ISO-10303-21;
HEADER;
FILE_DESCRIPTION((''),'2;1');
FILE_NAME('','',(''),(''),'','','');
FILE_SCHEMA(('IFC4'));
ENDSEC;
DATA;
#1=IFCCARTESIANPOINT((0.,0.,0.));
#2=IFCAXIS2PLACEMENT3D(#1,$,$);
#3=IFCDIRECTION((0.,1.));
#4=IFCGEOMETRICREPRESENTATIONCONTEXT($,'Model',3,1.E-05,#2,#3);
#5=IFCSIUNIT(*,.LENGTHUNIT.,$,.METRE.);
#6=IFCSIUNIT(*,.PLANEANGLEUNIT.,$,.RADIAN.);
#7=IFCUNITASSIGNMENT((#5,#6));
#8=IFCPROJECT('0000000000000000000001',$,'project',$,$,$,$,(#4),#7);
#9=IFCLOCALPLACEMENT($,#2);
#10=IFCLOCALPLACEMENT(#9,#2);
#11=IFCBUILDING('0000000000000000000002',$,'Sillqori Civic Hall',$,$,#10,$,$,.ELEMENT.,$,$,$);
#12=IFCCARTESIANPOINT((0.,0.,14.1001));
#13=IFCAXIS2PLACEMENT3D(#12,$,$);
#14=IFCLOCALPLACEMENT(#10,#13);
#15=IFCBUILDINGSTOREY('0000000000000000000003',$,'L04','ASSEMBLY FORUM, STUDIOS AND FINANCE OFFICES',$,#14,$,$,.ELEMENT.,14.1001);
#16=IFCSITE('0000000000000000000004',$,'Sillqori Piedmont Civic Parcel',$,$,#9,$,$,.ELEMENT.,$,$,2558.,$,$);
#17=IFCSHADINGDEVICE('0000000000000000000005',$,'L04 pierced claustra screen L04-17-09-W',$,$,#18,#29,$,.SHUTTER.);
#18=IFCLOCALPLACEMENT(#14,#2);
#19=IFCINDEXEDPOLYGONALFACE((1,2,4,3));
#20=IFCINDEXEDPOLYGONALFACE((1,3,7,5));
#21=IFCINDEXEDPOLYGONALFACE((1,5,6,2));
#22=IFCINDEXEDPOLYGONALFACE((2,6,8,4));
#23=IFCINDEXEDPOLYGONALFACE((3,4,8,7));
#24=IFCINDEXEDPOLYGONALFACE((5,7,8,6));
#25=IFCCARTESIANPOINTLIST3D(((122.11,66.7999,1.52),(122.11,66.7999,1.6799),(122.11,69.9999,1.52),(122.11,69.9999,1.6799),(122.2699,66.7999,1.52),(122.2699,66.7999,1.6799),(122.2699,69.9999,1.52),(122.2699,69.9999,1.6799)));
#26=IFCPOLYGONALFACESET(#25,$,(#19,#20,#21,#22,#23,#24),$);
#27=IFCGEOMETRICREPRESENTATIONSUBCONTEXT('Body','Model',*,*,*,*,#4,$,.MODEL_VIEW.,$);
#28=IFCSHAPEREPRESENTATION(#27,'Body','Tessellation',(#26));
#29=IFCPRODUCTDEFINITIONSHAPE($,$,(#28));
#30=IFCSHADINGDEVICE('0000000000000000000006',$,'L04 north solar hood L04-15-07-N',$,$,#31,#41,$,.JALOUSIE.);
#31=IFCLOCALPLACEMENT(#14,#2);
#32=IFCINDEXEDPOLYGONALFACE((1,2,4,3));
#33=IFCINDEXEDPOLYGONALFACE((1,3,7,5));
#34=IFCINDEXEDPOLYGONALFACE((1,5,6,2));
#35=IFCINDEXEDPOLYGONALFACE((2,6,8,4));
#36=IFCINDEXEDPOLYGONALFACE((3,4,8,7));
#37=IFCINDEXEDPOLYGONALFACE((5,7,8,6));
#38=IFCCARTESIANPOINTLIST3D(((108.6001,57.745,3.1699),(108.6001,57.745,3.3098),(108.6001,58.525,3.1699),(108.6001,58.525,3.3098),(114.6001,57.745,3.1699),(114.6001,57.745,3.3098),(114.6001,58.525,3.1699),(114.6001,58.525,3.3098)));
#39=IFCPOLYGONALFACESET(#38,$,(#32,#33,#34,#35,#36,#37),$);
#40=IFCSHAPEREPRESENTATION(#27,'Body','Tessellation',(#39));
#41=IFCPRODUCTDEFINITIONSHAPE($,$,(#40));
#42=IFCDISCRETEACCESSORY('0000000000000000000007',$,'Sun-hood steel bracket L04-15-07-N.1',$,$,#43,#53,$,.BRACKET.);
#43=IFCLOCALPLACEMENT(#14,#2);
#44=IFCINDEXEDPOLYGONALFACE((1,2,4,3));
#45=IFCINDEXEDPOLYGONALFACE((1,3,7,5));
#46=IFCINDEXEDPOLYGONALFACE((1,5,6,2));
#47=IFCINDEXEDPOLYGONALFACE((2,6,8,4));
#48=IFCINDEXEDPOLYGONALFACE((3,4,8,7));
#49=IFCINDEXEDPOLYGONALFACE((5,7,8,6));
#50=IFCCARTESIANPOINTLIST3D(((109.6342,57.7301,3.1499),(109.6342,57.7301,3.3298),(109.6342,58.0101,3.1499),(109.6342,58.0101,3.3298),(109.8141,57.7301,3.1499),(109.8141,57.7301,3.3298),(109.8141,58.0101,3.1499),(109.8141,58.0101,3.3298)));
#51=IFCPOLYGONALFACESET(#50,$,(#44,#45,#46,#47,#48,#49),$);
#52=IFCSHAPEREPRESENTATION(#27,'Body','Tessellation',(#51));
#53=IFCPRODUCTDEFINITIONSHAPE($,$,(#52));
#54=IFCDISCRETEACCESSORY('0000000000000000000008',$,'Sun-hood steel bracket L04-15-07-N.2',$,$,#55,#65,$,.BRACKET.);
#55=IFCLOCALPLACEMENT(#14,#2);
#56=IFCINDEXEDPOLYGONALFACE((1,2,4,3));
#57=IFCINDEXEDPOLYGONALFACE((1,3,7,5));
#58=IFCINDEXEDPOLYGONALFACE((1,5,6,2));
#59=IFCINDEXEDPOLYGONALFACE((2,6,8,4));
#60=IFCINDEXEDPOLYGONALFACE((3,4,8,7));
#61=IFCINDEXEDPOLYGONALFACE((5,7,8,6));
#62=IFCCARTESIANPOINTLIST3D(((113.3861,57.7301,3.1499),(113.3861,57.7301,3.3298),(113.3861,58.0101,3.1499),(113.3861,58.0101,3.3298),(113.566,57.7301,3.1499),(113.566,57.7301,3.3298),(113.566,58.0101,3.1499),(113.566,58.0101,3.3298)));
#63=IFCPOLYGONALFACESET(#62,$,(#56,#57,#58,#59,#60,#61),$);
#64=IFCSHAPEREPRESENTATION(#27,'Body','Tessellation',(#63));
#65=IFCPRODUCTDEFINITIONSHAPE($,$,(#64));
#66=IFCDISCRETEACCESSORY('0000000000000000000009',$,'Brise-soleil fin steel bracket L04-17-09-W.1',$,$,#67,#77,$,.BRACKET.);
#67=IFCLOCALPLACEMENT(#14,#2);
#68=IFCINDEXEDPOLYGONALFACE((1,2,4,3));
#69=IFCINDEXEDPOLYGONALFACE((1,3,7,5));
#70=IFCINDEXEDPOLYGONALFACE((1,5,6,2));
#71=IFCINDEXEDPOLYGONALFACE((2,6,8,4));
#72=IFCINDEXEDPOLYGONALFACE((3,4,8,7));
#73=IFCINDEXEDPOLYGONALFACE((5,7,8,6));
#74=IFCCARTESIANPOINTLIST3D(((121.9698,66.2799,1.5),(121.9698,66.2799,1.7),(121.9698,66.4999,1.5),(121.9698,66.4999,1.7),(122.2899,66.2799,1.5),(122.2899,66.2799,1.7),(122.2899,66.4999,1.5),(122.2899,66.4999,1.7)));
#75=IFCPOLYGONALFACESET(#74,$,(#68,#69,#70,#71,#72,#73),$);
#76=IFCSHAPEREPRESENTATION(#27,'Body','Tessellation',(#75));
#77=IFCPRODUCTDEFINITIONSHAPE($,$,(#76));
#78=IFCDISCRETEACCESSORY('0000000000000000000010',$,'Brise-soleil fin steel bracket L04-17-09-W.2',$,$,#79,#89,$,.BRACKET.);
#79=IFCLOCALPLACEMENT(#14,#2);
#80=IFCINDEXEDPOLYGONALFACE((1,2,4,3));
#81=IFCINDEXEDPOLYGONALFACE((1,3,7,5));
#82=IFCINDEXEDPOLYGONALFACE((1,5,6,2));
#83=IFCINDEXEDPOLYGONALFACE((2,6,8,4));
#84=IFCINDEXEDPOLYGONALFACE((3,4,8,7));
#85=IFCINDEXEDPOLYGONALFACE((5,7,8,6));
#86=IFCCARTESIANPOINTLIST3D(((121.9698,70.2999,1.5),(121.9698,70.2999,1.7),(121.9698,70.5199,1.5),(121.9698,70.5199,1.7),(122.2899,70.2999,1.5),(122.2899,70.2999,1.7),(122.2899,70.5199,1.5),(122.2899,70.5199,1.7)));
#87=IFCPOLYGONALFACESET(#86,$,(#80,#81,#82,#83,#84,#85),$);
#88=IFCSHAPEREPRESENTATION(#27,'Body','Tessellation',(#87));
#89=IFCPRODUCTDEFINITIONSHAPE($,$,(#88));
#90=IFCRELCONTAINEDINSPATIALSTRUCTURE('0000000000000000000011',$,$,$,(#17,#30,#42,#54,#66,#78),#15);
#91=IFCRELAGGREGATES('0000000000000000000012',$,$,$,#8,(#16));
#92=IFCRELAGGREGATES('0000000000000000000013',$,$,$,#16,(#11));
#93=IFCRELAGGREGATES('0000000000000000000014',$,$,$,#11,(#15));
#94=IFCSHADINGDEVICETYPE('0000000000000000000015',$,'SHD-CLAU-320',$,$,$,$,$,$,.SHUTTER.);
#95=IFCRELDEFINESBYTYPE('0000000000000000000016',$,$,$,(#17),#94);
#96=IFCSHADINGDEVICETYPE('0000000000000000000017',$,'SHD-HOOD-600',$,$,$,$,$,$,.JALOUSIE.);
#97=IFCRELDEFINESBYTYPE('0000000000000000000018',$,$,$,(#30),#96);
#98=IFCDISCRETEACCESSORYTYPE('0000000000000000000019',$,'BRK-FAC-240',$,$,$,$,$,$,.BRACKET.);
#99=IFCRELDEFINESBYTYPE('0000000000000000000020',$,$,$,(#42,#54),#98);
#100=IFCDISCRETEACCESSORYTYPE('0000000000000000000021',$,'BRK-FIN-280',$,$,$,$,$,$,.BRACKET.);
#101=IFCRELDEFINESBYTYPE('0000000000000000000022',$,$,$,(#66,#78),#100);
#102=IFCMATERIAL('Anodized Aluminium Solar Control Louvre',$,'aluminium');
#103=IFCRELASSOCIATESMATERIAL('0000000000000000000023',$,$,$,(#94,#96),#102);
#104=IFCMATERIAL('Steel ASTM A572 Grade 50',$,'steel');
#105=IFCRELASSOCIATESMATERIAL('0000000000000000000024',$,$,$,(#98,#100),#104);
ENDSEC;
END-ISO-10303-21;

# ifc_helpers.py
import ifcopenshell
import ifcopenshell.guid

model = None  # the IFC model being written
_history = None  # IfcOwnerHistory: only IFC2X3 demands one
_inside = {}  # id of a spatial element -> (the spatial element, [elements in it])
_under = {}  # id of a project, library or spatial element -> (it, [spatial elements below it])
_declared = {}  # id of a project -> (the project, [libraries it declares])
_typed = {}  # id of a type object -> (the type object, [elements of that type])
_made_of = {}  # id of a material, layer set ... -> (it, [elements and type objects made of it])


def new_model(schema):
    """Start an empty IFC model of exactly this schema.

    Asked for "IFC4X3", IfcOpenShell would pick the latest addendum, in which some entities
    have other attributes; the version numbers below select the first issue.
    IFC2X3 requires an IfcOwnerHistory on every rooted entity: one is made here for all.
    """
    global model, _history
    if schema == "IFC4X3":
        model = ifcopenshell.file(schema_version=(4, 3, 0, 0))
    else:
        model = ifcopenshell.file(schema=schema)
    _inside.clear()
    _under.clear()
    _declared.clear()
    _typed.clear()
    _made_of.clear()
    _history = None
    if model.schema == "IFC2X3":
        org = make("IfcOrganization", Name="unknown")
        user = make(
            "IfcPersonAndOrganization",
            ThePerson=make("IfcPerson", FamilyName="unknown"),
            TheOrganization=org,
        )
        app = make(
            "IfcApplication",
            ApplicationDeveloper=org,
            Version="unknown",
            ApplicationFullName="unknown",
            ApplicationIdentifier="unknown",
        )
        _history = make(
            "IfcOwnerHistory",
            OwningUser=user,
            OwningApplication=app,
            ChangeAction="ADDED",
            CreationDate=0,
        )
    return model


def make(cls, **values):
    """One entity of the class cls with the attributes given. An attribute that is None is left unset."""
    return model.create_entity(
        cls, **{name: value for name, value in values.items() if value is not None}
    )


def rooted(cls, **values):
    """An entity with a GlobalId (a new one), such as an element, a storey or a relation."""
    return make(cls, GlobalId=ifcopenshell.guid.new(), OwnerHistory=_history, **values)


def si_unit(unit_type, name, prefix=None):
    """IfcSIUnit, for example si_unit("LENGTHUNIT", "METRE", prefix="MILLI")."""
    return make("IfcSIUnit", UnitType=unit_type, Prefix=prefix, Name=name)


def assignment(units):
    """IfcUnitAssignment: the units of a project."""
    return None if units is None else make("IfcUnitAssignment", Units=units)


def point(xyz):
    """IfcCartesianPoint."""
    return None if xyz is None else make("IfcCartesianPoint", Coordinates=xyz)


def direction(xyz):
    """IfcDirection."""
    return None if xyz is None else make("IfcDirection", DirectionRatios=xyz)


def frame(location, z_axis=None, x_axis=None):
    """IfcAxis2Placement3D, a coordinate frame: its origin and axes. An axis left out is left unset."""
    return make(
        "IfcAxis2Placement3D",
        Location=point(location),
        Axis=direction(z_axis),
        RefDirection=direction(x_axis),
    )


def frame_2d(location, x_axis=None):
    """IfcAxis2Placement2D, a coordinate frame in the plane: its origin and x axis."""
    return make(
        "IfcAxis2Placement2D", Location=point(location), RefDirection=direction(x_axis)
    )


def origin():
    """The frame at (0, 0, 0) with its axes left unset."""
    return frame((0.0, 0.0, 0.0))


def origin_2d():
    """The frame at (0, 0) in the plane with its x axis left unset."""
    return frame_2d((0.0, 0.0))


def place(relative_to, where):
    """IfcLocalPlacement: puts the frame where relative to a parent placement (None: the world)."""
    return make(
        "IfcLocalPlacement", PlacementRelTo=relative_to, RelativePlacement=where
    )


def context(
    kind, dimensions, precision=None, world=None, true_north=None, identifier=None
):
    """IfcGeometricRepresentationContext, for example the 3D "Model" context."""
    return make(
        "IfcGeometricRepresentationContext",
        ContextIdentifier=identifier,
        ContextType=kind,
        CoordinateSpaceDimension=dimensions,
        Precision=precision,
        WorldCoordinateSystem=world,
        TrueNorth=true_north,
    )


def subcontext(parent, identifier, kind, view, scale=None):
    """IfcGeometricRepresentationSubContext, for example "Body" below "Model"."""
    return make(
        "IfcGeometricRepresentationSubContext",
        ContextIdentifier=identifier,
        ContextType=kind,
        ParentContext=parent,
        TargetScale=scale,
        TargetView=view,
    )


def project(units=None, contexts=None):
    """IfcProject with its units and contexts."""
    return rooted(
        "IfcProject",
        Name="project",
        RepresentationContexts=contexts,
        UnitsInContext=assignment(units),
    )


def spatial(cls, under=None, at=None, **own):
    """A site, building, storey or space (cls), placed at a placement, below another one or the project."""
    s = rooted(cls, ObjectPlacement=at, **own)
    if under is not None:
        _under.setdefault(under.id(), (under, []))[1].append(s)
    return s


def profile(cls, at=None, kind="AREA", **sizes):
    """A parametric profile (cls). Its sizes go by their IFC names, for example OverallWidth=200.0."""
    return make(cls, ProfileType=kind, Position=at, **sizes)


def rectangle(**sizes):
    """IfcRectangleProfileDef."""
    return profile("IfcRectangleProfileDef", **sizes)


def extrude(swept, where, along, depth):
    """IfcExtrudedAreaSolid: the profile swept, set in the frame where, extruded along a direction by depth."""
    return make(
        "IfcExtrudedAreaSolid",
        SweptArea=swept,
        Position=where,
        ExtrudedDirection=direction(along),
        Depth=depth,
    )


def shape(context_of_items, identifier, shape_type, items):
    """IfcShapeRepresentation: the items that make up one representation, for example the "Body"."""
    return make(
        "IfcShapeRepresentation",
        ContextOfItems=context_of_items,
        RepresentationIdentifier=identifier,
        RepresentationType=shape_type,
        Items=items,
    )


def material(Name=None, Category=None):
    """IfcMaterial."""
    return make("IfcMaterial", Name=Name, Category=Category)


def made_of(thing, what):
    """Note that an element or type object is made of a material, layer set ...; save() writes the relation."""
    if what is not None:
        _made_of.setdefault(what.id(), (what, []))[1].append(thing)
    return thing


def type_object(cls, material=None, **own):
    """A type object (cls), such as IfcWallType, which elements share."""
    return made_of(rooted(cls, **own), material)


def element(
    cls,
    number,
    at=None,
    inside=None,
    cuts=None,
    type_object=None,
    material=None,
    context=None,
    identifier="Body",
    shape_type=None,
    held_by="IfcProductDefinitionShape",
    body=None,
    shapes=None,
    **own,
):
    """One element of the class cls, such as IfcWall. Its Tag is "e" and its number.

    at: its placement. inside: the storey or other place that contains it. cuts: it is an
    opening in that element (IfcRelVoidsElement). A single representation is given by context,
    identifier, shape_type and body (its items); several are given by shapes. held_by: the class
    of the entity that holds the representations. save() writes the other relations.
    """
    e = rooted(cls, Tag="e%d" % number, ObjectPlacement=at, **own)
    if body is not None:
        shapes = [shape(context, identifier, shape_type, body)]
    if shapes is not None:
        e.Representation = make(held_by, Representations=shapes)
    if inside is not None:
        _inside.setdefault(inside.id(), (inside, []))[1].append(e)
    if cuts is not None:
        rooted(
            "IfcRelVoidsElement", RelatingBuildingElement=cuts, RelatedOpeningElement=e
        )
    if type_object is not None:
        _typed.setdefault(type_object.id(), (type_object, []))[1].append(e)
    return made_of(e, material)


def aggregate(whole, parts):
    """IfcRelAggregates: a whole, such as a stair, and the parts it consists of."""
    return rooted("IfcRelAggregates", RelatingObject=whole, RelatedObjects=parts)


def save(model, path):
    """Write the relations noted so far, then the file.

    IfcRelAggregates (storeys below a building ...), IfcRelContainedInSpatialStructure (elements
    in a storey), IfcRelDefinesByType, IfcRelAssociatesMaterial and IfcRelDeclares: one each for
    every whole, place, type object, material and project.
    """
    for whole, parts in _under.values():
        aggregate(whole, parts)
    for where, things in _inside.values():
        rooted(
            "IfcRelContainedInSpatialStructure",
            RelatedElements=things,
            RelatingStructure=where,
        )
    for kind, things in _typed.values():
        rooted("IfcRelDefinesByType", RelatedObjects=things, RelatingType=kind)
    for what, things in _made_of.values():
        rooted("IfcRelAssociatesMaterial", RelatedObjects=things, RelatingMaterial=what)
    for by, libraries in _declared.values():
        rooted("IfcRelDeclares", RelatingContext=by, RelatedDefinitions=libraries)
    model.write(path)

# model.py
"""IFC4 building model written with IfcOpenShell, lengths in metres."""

from ifc_helpers import new_model, si_unit, direction, frame, origin, origin_2d, place, context, subcontext, project, spatial, rectangle, extrude, material, type_object, element, save


model = new_model("IFC4")

# Units and contexts
model_context = context("Model", 3, precision=1e-05, world=origin(), true_north=direction((0.0, 1.0)))
body_context = subcontext(model_context, "Body", "Model", "MODEL_VIEW")
ifc_project = project(units=[si_unit("LENGTHUNIT", "METRE"), si_unit("PLANEANGLEUNIT", "RADIAN")], contexts=[model_context])

# Site, building, storey
site_placement = place(None, origin())
site = spatial("IfcSite", under=ifc_project, at=site_placement, Name="Sillqori Piedmont Civic Parcel", CompositionType="ELEMENT", RefElevation=2558.0)
building_placement = place(site_placement, origin())
building = spatial("IfcBuilding", under=site, at=building_placement, Name="Sillqori Civic Hall", CompositionType="ELEMENT")
storey_placement = place(building_placement, frame((0.0, 0.0, 14.1001)))
storey = spatial("IfcBuildingStorey", under=building, at=storey_placement, Name="L04", Description="ASSEMBLY FORUM, STUDIOS AND FINANCE OFFICES", CompositionType="ELEMENT", Elevation=14.1001)

# Shading devices
ifc_material_1 = material(Name="Anodized Aluminium Solar Control Louvre", Category="aluminium")
shading_device_type_1 = type_object("IfcShadingDeviceType", Name="SHD-CLAU-320", PredefinedType="SHUTTER", material=ifc_material_1)
shading_device_1_placement = place(storey_placement, frame((122.1899, 68.3999, 1.52), z_axis=(0.0, 0.0, 1.0), x_axis=(0.0, 1.0, 0.0)))
element("IfcShadingDevice", 1, at=shading_device_1_placement, inside=storey, type_object=shading_device_type_1, Name="L04 pierced claustra screen L04-17-09-W", PredefinedType="SHUTTER", context=body_context, shape_type="SweptSolid", body=[
    extrude(rectangle(XDim=3.2, YDim=0.1599, at=origin_2d()), origin(), (0.0, 0.0, 1.0), 0.1599),
])
shading_device_type_2 = type_object("IfcShadingDeviceType", Name="SHD-HOOD-600", PredefinedType="JALOUSIE", material=ifc_material_1)
shading_device_2_placement = place(storey_placement, frame((111.6001, 58.135, 3.1699), z_axis=(0.0, 0.0, 1.0), x_axis=(1.0, 0.0, 0.0)))
element("IfcShadingDevice", 2, at=shading_device_2_placement, inside=storey, type_object=shading_device_type_2, Name="L04 north solar hood L04-15-07-N", PredefinedType="JALOUSIE", context=body_context, shape_type="SweptSolid", body=[
    extrude(rectangle(XDim=6.0, YDim=0.78, at=origin_2d()), origin(), (0.0, 0.0, 1.0), 0.1399),
])

# Discrete accessories
ifc_material_2 = material(Name="Steel ASTM A572 Grade 50", Category="steel")
discrete_accessory_type_1 = type_object("IfcDiscreteAccessoryType", Name="BRK-FAC-240", PredefinedType="BRACKET", material=ifc_material_2)
for number, where, z_axis, x_axis, name in (
    (3, (109.7241, 57.8701, 3.1499), (0.0, 0.0, 1.0), (1.0, 0.0, 0.0), "Sun-hood steel bracket L04-15-07-N.1"),
    (4, (113.4761, 57.8701, 3.1499), (0.0, 0.0, 1.0), (1.0, 0.0, 0.0), "Sun-hood steel bracket L04-15-07-N.2"),
):
    element("IfcDiscreteAccessory", number, at=place(storey_placement, frame(where, z_axis=z_axis, x_axis=x_axis)), inside=storey, type_object=discrete_accessory_type_1, Name=name, PredefinedType="BRACKET", context=body_context, shape_type="SweptSolid", body=[
        extrude(rectangle(XDim=0.1799, YDim=0.28, at=origin_2d()), origin(), (0.0, 0.0, 1.0), 0.1799),
    ])
discrete_accessory_type_2 = type_object("IfcDiscreteAccessoryType", Name="BRK-FIN-280", PredefinedType="BRACKET", material=ifc_material_2)
for number, where, z_axis, x_axis, name in (
    (5, (122.1299, 66.3899, 1.5), (0.0, 0.0, 1.0), (0.0, 1.0, 0.0), "Brise-soleil fin steel bracket L04-17-09-W.1"),
    (6, (122.1299, 70.4099, 1.5), (0.0, 0.0, 1.0), (0.0, 1.0, 0.0), "Brise-soleil fin steel bracket L04-17-09-W.2"),
):
    element("IfcDiscreteAccessory", number, at=place(storey_placement, frame(where, z_axis=z_axis, x_axis=x_axis)), inside=storey, type_object=discrete_accessory_type_2, Name=name, PredefinedType="BRACKET", context=body_context, shape_type="SweptSolid", body=[
        extrude(rectangle(XDim=0.22, YDim=0.3201, at=origin_2d()), origin(), (0.0, 0.0, 1.0), 0.2),
    ])

save(model, "model.ifc")
